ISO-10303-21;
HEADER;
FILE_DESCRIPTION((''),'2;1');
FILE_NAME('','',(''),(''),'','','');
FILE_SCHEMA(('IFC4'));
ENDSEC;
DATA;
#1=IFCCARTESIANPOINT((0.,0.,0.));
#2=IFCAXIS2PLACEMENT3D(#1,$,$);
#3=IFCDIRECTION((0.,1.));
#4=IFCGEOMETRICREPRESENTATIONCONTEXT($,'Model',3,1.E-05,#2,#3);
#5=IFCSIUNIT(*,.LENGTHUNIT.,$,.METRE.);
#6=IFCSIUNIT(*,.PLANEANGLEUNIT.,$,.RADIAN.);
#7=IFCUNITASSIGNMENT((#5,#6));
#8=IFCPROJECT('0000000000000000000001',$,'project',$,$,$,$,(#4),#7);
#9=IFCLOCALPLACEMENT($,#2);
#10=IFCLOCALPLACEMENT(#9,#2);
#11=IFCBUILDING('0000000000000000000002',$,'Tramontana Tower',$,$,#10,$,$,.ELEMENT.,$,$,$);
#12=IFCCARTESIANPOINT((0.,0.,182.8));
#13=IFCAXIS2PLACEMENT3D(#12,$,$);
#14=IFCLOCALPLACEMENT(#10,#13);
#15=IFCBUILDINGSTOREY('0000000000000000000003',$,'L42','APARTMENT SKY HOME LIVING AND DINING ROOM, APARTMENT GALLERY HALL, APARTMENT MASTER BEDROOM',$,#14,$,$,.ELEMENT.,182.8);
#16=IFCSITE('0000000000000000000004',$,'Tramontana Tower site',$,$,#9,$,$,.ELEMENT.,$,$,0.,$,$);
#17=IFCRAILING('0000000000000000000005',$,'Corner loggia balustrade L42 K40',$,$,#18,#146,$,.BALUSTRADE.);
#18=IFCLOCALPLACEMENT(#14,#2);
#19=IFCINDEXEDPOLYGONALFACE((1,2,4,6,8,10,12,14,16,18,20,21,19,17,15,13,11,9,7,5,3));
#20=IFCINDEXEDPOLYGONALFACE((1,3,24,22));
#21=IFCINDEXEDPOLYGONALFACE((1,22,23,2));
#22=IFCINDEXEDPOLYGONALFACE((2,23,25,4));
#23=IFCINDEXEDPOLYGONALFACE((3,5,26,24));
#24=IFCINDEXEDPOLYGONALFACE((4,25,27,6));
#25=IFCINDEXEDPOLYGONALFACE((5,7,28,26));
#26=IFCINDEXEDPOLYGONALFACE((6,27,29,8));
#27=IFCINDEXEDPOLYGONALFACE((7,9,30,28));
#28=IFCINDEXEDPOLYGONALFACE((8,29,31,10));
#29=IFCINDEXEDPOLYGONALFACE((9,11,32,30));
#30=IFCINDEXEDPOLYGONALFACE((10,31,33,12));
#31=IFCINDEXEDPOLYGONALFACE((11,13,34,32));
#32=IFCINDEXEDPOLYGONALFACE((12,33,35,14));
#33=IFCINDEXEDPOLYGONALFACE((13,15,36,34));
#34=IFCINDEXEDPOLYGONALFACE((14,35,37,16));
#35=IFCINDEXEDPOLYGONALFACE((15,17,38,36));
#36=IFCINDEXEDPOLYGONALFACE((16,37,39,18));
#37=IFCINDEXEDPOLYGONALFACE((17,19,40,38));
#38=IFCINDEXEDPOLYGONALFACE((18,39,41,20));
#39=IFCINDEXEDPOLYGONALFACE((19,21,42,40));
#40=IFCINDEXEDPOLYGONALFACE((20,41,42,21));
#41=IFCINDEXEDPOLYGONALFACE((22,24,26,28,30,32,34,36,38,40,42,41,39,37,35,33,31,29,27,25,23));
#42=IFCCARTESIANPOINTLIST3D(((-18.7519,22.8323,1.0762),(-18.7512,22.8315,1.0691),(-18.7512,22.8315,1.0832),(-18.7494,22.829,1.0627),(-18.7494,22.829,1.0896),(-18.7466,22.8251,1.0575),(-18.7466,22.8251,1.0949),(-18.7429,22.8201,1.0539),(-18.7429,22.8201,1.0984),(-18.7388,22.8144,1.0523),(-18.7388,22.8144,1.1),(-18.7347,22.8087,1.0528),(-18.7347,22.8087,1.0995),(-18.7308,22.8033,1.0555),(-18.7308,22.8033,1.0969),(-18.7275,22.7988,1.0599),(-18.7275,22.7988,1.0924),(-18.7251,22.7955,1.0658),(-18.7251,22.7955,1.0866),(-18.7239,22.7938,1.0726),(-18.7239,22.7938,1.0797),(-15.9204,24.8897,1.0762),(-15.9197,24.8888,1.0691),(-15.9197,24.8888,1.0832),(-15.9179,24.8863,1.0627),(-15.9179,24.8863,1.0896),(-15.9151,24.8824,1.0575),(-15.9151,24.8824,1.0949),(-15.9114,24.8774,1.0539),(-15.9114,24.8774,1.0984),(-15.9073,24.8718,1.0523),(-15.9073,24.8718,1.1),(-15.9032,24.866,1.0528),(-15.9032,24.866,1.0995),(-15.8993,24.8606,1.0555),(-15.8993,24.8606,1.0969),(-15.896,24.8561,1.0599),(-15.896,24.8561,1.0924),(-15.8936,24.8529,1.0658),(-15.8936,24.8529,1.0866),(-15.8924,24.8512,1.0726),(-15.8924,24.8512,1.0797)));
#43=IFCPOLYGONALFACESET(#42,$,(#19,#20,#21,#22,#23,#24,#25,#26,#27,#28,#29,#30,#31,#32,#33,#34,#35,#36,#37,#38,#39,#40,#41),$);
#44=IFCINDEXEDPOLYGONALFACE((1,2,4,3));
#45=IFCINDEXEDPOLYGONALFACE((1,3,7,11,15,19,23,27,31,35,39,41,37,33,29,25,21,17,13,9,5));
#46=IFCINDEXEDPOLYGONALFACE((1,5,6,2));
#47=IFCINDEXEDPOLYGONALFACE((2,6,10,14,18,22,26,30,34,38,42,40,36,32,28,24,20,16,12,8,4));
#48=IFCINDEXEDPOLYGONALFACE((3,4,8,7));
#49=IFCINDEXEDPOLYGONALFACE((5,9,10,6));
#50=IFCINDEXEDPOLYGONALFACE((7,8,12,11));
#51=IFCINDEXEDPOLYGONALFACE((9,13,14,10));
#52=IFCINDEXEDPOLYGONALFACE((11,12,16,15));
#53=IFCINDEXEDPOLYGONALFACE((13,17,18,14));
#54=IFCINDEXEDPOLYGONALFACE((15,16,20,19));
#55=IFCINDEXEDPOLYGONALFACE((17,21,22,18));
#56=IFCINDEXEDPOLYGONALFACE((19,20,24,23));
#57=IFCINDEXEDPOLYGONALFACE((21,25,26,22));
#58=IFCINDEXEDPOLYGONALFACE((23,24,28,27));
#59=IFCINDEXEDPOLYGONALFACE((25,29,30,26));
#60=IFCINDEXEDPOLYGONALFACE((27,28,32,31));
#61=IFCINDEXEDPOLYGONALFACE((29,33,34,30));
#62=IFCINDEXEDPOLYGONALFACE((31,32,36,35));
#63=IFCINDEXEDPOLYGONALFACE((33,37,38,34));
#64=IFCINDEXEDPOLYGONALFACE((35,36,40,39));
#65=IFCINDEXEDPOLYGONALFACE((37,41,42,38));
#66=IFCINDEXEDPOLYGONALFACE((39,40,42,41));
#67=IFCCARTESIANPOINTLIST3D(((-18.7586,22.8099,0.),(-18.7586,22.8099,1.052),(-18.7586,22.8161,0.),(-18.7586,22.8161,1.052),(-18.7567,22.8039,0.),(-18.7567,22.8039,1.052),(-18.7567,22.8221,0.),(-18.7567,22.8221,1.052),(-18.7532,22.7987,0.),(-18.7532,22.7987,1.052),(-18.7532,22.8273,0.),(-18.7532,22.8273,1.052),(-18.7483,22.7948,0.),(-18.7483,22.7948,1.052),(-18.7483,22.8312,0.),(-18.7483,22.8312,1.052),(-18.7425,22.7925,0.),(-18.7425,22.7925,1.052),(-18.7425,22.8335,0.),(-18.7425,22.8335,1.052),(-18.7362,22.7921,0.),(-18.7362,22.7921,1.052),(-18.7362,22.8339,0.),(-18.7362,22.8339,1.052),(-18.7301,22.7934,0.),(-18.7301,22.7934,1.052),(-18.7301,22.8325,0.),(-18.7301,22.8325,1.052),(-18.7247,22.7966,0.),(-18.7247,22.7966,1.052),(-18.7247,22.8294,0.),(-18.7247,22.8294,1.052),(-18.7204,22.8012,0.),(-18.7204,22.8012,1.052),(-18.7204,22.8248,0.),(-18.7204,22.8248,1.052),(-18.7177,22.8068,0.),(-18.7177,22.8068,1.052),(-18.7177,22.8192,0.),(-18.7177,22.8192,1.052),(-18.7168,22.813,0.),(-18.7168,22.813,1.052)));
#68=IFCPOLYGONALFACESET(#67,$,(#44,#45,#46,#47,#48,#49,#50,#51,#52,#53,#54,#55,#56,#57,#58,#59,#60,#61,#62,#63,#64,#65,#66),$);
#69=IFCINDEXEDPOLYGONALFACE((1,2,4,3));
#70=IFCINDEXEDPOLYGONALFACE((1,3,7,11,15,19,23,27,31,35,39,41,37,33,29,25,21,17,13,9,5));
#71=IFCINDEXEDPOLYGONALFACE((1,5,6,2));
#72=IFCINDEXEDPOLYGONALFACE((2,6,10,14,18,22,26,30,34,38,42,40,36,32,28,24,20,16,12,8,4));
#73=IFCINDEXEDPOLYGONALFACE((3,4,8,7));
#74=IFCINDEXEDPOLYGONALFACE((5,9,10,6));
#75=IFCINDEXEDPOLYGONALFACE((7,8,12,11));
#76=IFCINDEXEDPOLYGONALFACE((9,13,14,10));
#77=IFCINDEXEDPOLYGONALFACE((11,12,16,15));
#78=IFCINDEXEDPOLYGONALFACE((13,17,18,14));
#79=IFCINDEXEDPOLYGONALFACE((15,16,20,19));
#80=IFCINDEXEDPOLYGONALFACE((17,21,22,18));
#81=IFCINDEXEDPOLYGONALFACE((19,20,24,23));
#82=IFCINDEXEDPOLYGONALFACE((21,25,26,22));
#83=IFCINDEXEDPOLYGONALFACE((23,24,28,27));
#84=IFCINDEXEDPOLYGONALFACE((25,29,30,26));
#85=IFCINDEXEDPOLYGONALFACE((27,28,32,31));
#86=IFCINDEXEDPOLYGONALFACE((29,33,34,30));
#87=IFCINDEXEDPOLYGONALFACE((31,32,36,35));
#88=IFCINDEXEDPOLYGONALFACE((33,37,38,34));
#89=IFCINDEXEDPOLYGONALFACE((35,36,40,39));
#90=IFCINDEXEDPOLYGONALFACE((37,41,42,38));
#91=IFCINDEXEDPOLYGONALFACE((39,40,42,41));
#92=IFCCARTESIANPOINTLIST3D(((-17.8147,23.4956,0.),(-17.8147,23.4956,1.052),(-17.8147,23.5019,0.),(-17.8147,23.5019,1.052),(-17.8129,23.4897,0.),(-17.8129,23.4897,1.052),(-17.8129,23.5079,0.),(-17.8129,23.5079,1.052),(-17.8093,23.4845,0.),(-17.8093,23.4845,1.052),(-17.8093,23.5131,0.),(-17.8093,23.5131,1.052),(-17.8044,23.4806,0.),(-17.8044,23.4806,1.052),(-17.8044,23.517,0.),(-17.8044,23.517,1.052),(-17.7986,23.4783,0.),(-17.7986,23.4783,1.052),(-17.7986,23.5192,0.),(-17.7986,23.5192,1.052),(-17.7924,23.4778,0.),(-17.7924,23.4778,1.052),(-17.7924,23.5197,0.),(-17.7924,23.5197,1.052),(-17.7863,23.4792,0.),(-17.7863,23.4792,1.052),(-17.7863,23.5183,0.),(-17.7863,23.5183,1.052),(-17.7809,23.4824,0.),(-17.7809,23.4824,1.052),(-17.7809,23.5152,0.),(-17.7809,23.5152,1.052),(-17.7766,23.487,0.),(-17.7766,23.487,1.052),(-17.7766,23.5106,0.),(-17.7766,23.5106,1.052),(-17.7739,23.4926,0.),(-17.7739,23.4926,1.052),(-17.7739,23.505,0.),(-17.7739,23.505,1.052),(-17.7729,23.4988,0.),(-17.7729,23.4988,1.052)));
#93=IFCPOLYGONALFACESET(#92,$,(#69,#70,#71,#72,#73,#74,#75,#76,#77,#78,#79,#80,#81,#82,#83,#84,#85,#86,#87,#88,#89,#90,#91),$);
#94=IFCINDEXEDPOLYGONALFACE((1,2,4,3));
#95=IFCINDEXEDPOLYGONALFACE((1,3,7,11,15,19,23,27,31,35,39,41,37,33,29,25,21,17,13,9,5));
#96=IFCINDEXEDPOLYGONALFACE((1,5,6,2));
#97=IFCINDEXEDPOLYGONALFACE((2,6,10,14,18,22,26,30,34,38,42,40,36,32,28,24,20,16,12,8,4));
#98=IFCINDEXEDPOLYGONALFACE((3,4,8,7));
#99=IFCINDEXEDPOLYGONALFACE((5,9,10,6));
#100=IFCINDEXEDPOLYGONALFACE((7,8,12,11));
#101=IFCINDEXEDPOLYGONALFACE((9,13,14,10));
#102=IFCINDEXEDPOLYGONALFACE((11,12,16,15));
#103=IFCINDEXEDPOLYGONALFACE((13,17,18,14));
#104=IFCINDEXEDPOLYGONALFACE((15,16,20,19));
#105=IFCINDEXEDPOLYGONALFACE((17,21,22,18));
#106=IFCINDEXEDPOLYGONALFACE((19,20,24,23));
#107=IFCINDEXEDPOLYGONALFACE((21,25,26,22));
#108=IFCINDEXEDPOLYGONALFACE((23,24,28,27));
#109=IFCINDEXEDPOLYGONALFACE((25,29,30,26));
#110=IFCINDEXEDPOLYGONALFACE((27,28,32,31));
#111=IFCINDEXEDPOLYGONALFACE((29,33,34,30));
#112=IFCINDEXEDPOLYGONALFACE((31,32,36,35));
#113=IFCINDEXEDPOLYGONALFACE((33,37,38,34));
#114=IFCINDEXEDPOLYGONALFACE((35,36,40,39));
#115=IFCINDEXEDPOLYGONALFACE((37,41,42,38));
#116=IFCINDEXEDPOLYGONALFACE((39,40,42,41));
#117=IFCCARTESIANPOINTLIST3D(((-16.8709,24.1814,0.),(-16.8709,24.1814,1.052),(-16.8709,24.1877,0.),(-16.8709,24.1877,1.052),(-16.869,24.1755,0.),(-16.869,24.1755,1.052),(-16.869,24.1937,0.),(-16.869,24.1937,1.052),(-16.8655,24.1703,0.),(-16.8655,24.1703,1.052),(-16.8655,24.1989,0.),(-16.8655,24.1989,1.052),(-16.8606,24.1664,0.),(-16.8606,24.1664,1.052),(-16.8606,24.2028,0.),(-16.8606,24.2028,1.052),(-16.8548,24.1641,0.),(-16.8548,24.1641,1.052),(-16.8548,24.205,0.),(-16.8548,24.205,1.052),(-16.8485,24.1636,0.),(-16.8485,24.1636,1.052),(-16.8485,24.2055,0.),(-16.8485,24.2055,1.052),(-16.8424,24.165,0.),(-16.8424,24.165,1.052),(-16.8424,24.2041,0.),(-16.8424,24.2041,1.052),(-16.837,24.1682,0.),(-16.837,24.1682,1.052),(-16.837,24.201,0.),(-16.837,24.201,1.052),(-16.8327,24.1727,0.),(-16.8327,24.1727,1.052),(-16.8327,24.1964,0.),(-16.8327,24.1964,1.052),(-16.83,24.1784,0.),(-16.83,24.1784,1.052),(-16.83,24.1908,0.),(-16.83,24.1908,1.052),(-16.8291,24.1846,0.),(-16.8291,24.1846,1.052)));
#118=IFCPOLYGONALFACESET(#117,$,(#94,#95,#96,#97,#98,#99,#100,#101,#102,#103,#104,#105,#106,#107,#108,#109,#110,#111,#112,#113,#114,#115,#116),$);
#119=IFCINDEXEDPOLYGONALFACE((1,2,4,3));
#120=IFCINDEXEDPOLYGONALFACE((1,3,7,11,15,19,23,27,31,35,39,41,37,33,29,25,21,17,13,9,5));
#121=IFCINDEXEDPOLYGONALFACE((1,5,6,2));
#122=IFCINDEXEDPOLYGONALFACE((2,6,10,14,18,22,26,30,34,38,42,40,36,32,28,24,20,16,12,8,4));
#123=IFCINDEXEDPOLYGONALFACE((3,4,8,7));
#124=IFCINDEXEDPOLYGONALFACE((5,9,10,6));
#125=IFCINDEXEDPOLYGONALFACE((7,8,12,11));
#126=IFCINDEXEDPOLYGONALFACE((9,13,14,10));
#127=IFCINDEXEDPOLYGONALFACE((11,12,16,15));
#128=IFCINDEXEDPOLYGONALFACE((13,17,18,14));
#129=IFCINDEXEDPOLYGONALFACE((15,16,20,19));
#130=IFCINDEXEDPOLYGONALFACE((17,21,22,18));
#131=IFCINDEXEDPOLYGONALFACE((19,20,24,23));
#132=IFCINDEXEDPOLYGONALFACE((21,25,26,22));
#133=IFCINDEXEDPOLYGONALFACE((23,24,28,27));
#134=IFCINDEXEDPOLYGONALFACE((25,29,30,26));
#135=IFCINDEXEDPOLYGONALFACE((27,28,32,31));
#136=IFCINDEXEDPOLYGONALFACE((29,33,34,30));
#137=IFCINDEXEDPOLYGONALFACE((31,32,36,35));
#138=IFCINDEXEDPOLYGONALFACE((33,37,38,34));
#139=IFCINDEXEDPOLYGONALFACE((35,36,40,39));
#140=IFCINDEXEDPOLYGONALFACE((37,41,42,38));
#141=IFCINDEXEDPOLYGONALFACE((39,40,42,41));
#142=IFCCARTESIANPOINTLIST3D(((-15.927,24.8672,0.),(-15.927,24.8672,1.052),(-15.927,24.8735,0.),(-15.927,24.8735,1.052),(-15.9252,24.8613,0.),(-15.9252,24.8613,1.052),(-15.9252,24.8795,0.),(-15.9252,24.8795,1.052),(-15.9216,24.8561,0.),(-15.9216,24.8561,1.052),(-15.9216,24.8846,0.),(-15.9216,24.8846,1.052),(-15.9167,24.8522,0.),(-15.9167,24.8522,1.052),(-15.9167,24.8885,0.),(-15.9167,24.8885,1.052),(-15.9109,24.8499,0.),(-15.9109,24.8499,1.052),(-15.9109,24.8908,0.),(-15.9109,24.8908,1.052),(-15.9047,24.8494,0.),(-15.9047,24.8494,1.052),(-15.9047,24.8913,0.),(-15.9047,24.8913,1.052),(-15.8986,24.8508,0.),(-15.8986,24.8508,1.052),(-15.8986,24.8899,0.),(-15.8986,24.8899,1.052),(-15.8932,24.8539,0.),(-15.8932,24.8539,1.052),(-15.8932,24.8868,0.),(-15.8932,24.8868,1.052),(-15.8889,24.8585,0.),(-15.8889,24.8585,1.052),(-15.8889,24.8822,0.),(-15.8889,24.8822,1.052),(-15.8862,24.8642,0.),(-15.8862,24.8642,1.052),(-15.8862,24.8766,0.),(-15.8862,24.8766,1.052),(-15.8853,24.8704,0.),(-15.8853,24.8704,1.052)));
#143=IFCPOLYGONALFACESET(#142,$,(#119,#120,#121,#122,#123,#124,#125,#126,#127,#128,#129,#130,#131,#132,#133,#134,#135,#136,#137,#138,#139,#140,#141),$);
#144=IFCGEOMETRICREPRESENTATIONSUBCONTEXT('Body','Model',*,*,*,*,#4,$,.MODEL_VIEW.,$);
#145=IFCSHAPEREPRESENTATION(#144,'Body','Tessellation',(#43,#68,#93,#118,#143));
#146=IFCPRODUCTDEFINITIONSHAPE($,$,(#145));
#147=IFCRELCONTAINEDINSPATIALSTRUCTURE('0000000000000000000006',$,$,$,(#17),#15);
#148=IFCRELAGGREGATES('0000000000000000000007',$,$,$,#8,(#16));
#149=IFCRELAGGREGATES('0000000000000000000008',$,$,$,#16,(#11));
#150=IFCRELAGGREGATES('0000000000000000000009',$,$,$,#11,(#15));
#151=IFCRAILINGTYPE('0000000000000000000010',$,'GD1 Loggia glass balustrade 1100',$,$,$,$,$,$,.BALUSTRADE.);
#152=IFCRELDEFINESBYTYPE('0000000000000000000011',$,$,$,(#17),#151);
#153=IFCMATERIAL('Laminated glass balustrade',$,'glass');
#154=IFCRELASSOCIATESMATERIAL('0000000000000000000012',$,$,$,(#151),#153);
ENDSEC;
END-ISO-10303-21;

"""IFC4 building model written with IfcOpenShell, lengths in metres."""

from ifc_helpers import new_model, si_unit, direction, frame, origin, origin_2d, place, context, subcontext, project, spatial, circle, extrude, material, type_object, element, save


model = new_model("IFC4")

# Units and contexts
model_context = context("Model", 3, precision=1e-05, world=origin(), true_north=direction((0.0, 1.0)))
body_context = subcontext(model_context, "Body", "Model", "MODEL_VIEW")
ifc_project = project(units=[si_unit("LENGTHUNIT", "METRE"), si_unit("PLANEANGLEUNIT", "RADIAN")], contexts=[model_context])

# Site, building, storey
site_placement = place(None, origin())
site = spatial("IfcSite", under=ifc_project, at=site_placement, Name="Tramontana Tower site", CompositionType="ELEMENT", RefElevation=0.0)
building_placement = place(site_placement, origin())
building = spatial("IfcBuilding", under=site, at=building_placement, Name="Tramontana Tower", CompositionType="ELEMENT")
storey_placement = place(building_placement, frame((0.0, 0.0, 182.8)))
storey = spatial("IfcBuildingStorey", under=building, at=storey_placement, Name="L42", Description="APARTMENT SKY HOME LIVING AND DINING ROOM, APARTMENT GALLERY HALL, APARTMENT MASTER BEDROOM", CompositionType="ELEMENT", Elevation=182.8)

# Railing
ifc_material_1 = material(Name="Laminated glass balustrade", Category="glass")
railing_type = type_object("IfcRailingType", Name="GD1 Loggia glass balustrade 1100", PredefinedType="BALUSTRADE", material=ifc_material_1)
railing_1_placement = place(storey_placement, frame((-18.7378, 22.813, 0.0)))
element("IfcRailing", 1, at=railing_1_placement, inside=storey, type_object=railing_type, Name="Corner loggia balustrade L42 K40", PredefinedType="BALUSTRADE", context=body_context, shape_type="SweptSolid", body=[
    extrude(circle(Radius=0.0239, at=origin_2d()), frame((0.0, 0.0, 1.0762), z_axis=(0.808998, 0.587811, 0.0), x_axis=(-0.587811, 0.808998, 0.0)), (0.0, 0.0, 1.0), 3.5),
    extrude(circle(Radius=0.021, at=origin_2d()), origin(), (0.0, 0.0, 1.0), 1.052),
    extrude(circle(Radius=0.021, at=origin_2d()), frame((0.9438, 0.6858, 0.0)), (0.0, 0.0, 1.0), 1.052),
    extrude(circle(Radius=0.021, at=origin_2d()), frame((1.8877, 1.3716, 0.0)), (0.0, 0.0, 1.0), 1.052),
    extrude(circle(Radius=0.021, at=origin_2d()), frame((2.8315, 2.0574, 0.0)), (0.0, 0.0, 1.0), 1.052),
])

save(model, "model.ifc")
